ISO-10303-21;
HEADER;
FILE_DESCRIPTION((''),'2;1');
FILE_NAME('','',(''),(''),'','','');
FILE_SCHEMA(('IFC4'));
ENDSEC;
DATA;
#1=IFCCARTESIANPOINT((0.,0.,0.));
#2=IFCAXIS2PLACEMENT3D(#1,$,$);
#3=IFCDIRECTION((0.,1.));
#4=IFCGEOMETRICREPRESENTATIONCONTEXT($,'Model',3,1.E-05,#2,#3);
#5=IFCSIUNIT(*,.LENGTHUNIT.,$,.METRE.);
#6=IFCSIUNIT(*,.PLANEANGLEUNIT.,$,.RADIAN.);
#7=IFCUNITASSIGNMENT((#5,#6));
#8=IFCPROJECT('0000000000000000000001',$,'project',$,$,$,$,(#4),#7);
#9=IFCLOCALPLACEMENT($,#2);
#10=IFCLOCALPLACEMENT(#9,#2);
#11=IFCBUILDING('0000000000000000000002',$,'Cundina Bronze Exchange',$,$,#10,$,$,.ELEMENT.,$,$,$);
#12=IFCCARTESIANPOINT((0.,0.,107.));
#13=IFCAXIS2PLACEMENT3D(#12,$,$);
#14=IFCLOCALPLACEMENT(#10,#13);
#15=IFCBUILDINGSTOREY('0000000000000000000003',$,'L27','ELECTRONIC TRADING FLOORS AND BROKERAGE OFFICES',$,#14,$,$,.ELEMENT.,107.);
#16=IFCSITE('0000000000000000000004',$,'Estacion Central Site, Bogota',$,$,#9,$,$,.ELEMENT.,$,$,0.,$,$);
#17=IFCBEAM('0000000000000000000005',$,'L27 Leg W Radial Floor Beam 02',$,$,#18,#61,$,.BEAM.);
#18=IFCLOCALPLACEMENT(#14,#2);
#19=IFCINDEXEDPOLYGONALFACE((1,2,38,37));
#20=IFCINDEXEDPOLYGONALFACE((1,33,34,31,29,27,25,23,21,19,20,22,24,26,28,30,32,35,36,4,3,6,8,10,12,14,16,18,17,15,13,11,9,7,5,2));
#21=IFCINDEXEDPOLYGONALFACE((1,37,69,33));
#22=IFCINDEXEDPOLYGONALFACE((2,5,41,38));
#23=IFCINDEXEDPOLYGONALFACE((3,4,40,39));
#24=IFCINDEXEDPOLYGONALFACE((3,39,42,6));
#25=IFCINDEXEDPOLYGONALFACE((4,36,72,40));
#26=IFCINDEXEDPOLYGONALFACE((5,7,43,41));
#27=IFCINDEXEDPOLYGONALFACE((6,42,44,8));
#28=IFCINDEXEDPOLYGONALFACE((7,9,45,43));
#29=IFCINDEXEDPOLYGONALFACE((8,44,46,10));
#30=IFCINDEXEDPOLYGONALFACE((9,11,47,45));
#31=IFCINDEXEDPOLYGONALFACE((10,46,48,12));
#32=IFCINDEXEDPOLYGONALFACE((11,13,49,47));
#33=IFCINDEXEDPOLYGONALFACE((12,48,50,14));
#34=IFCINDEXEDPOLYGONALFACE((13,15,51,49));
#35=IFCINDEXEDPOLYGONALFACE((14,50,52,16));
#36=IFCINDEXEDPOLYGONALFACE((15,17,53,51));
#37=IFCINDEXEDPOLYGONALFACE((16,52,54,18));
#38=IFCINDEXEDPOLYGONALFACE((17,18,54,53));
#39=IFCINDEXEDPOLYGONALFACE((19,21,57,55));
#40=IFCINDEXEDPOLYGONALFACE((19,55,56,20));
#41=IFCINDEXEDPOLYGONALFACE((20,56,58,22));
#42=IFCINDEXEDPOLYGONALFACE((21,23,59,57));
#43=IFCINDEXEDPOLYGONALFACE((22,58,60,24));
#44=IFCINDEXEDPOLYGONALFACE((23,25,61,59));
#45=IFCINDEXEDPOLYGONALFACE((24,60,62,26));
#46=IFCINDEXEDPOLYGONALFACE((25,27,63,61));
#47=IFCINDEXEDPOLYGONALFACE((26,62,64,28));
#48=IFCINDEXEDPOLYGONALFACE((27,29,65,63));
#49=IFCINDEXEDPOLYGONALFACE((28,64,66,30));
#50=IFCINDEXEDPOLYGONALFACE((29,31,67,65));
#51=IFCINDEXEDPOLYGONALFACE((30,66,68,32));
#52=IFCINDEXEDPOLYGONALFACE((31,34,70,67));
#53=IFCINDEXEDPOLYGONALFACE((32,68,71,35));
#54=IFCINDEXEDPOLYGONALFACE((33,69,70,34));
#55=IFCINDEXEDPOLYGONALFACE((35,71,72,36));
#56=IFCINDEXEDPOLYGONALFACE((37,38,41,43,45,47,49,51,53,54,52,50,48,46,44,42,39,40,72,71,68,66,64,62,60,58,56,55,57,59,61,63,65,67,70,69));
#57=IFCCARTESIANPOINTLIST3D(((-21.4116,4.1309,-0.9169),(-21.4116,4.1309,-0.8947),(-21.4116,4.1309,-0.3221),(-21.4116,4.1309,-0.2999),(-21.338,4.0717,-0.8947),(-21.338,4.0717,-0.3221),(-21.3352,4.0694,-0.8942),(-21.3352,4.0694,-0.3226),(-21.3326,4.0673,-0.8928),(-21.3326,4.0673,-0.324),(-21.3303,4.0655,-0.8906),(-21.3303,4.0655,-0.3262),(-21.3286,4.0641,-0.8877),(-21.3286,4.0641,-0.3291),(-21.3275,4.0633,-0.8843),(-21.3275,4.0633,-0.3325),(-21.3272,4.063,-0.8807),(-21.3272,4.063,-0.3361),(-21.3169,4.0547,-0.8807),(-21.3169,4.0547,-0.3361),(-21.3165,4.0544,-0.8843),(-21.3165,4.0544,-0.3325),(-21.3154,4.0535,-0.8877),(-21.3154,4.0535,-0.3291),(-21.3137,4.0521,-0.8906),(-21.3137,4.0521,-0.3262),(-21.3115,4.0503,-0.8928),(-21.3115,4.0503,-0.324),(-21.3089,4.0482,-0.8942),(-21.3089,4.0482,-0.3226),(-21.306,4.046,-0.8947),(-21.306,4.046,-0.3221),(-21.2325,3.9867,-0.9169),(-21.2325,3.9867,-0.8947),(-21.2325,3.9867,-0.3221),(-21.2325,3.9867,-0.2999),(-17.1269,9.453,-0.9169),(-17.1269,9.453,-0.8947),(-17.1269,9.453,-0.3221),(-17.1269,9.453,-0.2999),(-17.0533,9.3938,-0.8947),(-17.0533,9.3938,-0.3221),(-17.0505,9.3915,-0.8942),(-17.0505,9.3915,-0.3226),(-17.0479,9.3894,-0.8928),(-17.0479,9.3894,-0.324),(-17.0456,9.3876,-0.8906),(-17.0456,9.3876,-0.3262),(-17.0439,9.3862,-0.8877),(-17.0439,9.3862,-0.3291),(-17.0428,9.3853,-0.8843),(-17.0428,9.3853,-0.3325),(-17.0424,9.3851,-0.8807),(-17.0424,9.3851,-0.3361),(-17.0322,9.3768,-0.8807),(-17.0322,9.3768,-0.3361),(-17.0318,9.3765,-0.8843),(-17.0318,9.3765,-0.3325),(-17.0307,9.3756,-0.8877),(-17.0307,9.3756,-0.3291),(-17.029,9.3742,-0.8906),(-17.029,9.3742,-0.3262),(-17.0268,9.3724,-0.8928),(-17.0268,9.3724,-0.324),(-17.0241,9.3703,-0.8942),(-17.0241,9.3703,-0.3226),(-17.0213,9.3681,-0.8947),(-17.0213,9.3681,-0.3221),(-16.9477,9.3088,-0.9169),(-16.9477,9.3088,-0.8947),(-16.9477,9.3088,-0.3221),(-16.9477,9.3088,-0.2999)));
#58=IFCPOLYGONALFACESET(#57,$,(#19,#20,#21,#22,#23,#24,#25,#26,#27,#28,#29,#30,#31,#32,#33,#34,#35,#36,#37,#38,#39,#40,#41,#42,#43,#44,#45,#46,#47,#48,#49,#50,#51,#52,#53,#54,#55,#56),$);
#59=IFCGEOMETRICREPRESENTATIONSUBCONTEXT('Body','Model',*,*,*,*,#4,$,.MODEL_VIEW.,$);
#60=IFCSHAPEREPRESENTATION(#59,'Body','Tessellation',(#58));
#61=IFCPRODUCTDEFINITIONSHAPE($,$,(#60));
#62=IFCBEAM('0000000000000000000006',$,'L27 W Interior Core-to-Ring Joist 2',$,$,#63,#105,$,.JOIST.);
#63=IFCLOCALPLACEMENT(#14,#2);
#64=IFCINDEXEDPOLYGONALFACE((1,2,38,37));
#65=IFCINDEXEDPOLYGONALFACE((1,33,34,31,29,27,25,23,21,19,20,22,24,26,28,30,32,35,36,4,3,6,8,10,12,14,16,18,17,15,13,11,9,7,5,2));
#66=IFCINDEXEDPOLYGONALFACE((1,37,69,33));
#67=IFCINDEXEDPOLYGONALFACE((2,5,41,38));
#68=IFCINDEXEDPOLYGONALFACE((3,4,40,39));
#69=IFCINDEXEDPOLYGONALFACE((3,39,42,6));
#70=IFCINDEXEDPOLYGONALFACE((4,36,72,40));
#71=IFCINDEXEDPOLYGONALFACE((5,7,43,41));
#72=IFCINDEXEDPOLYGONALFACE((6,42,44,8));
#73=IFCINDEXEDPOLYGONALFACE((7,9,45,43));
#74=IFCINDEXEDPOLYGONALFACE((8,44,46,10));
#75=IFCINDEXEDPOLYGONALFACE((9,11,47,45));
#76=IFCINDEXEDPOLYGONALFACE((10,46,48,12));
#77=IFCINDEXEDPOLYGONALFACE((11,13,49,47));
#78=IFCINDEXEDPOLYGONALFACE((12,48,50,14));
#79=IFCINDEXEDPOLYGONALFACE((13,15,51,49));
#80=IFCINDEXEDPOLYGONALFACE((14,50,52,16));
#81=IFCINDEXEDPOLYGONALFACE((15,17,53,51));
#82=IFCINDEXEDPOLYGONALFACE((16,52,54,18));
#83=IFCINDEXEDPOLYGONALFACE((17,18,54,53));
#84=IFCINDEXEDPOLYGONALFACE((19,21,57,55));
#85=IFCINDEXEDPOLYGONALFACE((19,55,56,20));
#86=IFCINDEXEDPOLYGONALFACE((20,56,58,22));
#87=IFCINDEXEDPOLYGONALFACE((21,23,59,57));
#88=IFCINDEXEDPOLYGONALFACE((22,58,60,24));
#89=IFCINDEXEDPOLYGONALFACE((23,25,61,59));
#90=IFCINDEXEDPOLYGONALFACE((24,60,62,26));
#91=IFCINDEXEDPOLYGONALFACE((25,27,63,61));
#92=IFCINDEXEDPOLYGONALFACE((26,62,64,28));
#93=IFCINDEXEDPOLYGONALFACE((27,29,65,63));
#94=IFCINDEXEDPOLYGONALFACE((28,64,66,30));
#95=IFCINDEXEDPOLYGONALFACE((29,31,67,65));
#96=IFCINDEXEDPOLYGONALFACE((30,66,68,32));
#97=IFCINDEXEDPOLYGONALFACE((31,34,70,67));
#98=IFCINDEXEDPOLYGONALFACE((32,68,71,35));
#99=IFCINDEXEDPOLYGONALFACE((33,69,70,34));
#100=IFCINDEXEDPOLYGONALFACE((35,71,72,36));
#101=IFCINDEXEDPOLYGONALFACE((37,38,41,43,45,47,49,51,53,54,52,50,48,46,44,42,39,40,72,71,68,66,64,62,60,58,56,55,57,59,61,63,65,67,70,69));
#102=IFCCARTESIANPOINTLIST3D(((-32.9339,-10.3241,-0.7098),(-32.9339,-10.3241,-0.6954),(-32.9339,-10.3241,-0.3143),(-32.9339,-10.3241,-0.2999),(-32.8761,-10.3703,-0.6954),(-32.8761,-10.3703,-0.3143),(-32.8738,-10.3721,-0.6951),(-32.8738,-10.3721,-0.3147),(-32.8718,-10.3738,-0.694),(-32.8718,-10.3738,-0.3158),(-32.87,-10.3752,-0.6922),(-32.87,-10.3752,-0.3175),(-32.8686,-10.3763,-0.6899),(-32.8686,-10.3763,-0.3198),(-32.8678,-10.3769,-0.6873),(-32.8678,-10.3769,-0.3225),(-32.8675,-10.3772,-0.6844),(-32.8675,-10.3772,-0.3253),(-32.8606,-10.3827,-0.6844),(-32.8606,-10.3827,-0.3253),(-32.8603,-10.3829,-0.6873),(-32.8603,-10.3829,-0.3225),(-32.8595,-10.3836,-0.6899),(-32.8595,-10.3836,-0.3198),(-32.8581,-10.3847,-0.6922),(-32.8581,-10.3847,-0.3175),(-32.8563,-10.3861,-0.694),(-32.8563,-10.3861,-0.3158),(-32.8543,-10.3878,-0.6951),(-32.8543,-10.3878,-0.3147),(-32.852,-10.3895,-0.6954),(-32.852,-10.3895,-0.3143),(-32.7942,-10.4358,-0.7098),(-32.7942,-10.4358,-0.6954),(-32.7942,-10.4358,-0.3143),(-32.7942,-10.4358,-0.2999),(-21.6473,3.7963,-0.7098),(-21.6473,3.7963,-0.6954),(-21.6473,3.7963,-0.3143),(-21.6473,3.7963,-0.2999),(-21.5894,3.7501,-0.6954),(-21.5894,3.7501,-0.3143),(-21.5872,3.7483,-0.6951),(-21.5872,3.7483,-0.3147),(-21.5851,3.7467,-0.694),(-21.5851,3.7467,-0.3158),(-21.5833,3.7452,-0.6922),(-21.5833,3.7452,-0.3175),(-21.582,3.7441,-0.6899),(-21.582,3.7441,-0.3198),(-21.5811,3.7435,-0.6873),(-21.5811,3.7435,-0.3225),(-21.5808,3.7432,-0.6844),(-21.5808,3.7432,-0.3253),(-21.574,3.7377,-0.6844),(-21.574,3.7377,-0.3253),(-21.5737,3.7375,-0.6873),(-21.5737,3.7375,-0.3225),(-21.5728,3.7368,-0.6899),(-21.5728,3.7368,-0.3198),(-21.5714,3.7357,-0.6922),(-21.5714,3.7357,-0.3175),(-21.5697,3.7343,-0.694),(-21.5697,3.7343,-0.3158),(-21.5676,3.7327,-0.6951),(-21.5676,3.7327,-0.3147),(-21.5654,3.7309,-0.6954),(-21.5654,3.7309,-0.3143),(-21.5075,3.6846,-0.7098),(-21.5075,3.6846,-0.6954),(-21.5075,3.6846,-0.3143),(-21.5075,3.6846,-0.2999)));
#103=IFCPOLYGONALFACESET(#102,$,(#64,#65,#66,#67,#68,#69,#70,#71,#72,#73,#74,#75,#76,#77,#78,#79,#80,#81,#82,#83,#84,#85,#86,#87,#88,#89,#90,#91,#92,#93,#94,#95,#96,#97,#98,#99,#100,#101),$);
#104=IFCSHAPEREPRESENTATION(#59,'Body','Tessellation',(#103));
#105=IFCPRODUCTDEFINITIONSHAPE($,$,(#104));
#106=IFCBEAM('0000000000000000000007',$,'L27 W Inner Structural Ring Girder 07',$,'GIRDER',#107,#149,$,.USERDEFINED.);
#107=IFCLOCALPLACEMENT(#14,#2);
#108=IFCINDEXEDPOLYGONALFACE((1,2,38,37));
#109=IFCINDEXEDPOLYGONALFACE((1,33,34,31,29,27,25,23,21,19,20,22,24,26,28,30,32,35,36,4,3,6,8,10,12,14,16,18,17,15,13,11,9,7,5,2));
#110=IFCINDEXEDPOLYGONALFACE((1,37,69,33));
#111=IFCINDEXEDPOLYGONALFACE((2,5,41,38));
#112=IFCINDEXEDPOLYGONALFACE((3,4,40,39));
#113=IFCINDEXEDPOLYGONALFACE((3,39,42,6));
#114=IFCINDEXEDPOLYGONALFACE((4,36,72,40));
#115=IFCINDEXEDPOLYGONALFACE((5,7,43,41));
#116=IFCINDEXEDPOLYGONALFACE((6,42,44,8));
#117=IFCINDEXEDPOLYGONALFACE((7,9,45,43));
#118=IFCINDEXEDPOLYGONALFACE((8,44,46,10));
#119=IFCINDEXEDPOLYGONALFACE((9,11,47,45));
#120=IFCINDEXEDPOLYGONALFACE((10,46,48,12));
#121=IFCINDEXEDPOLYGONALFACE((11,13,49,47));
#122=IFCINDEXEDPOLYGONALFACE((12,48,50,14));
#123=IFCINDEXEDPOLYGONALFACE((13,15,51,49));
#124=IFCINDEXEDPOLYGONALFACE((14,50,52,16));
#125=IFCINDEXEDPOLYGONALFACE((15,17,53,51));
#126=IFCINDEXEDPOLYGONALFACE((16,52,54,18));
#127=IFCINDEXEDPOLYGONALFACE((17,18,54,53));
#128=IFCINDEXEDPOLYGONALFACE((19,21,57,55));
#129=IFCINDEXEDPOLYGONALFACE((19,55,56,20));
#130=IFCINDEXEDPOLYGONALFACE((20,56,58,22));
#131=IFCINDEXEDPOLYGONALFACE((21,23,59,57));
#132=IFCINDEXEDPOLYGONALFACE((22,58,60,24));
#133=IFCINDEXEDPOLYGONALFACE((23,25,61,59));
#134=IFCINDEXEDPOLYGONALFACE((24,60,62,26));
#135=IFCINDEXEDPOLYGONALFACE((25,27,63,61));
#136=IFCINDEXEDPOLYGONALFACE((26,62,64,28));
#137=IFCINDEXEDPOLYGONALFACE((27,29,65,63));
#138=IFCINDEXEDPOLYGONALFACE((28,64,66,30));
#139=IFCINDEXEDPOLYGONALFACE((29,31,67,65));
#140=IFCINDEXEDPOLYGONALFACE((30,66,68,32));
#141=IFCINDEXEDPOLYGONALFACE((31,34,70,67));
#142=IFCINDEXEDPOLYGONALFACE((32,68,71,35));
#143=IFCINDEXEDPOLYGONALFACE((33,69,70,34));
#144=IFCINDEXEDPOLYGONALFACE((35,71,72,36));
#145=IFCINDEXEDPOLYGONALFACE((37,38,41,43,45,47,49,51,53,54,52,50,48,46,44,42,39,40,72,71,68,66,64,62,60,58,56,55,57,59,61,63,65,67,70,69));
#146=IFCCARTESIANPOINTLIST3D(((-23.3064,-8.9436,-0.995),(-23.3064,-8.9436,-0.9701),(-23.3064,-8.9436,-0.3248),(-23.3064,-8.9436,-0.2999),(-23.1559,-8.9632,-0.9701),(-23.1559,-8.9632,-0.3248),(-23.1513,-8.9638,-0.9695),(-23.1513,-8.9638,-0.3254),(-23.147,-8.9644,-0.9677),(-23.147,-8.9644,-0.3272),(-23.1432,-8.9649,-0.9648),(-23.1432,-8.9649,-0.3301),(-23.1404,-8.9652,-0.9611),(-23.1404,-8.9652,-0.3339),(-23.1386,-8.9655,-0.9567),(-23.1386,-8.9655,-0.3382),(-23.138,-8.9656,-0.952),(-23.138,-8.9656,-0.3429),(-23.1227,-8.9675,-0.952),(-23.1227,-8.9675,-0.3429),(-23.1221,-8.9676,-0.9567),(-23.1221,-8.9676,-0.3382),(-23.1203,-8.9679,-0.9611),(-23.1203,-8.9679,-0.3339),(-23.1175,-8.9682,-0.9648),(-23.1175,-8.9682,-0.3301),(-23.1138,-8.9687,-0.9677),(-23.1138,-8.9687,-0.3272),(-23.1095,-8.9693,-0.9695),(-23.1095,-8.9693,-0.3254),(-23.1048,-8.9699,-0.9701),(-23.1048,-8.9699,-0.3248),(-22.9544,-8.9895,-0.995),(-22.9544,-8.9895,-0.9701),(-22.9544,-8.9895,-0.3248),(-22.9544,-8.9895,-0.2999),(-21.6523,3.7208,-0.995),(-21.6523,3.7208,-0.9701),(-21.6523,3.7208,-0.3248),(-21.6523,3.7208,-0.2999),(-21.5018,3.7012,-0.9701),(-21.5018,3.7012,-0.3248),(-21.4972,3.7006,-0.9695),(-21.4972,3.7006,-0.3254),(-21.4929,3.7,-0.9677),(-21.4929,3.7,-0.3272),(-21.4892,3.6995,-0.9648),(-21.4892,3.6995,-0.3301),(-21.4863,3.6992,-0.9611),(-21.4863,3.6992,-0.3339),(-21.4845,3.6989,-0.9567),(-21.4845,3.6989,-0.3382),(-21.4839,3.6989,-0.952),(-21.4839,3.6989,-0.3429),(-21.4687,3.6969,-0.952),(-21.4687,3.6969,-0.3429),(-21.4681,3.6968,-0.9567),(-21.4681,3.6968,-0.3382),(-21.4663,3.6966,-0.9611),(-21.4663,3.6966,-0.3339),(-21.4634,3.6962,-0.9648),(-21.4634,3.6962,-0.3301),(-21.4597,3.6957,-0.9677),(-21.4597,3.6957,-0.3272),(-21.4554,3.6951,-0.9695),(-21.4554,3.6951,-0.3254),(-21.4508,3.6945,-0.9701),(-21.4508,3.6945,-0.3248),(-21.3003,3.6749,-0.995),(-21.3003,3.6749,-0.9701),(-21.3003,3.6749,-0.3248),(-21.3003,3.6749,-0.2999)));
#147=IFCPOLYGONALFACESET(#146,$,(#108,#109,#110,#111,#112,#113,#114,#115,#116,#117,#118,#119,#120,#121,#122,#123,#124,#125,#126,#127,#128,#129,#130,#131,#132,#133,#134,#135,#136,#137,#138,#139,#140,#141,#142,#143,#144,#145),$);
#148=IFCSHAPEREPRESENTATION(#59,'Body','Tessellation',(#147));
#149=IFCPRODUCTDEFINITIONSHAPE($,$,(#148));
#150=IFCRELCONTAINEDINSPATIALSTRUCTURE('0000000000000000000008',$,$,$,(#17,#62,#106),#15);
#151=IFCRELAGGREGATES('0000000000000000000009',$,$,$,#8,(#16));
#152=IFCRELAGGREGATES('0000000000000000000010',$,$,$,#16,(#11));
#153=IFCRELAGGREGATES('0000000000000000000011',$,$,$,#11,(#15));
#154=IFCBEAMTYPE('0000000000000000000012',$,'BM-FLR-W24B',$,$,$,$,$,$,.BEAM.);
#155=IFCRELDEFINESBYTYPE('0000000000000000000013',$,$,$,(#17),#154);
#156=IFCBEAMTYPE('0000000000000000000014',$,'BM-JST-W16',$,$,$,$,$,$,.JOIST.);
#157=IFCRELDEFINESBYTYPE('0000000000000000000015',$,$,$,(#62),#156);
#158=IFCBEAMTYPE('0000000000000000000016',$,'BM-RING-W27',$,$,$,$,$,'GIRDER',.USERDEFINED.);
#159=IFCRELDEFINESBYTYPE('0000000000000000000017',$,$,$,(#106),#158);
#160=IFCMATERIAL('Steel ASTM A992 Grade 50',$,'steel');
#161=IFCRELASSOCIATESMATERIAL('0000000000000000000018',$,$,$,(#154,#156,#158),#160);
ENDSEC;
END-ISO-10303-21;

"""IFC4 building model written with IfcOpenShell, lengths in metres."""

from ifc_helpers import new_model, si_unit, direction, frame, origin, origin_2d, place, context, subcontext, project, spatial, i_section, extrude, material, material_profile, profile_set, type_object, element, save


model = new_model("IFC4")

# Units and contexts
model_context = context("Model", 3, precision=1e-05, world=origin(), true_north=direction((0.0, 1.0)))
body_context = subcontext(model_context, "Body", "Model", "MODEL_VIEW")
ifc_project = project(units=[si_unit("LENGTHUNIT", "METRE"), si_unit("PLANEANGLEUNIT", "RADIAN")], contexts=[model_context])

# Site, building, storey
site_placement = place(None, origin())
site = spatial("IfcSite", under=ifc_project, at=site_placement, Name="Estacion Central Site, Bogota", CompositionType="ELEMENT", RefElevation=0.0)
building_placement = place(site_placement, origin())
building = spatial("IfcBuilding", under=site, at=building_placement, Name="Cundina Bronze Exchange", CompositionType="ELEMENT")
storey_placement = place(building_placement, frame((0.0, 0.0, 107.0)))
storey = spatial("IfcBuildingStorey", under=building, at=storey_placement, Name="L27", Description="ELECTRONIC TRADING FLOORS AND BROKERAGE OFFICES", CompositionType="ELEMENT", Elevation=107.0)

# Shared definitions
ifc_material_1 = material(Name="Steel ASTM A992 Grade 50", Category="steel")

# Beams
ifc_material_profile_1 = material_profile(ifc_material_1, i_section(OverallWidth=0.23, OverallDepth=0.6169, WebThickness=0.0132, FlangeThickness=0.0222, FilletRadius=0.0139, at=origin_2d()), Name="W24X94", Category="steel")
ifc_profile_set_1 = profile_set([ifc_material_profile_1], Name="Steel ASTM A992 Grade 50")
beam_type_1 = type_object("IfcBeamType", Name="BM-FLR-W24B", PredefinedType="BEAM", material=ifc_profile_set_1)
beam_1_placement = place(storey_placement, frame((-21.322, 4.0588, -0.6084), z_axis=(0.627106, 0.778934, 0.0), x_axis=(-0.778934, 0.627106, 0.0)))
element("IfcBeam", 1, at=beam_1_placement, inside=storey, type_object=beam_type_1, Name="L27 Leg W Radial Floor Beam 02", PredefinedType="BEAM", context=body_context, shape_type="SweptSolid", body=[
    extrude(i_section(OverallWidth=0.23, OverallDepth=0.6169, WebThickness=0.0132, FlangeThickness=0.0222, FilletRadius=0.0139, at=origin_2d()), origin(), (0.0, 0.0, 1.0), 6.8325),
])
ifc_material_profile_2 = material_profile(ifc_material_1, i_section(OverallWidth=0.179, OverallDepth=0.4099, WebThickness=0.0088, FlangeThickness=0.0144, FilletRadius=0.011, at=origin_2d()), Name="W16X45", Category="steel")
ifc_profile_set_2 = profile_set([ifc_material_profile_2], Name="Steel ASTM A992 Grade 50")
beam_type_2 = type_object("IfcBeamType", Name="BM-JST-W16", PredefinedType="JOIST", material=ifc_profile_set_2)
beam_2_placement = place(storey_placement, frame((-21.5774, 3.7405, -0.5049), z_axis=(-0.624369, -0.78113, 0.0), x_axis=(0.78113, -0.624369, 0.0)))
element("IfcBeam", 2, at=beam_2_placement, inside=storey, type_object=beam_type_2, Name="L27 W Interior Core-to-Ring Joist 2", PredefinedType="JOIST", context=body_context, shape_type="SweptSolid", body=[
    extrude(i_section(OverallWidth=0.179, OverallDepth=0.4099, WebThickness=0.0088, FlangeThickness=0.0144, FilletRadius=0.011, at=origin_2d()), origin(), (0.0, 0.0, 1.0), 18.0769),
])
ifc_material_profile_3 = material_profile(ifc_material_1, i_section(OverallWidth=0.355, OverallDepth=0.6951, WebThickness=0.0154, FlangeThickness=0.0249, FilletRadius=0.0181, at=origin_2d()), Name="W27X146", Category="steel")
ifc_profile_set_3 = profile_set([ifc_material_profile_3], Name="Steel ASTM A992 Grade 50")
beam_type_3 = type_object("IfcBeamType", Name="BM-RING-W27", ElementType="GIRDER", PredefinedType="USERDEFINED", material=ifc_profile_set_3)
beam_3_placement = place(storey_placement, frame((-23.1304, -8.9666, -0.6475), z_axis=(0.129508, 0.991578, 0.0), x_axis=(-0.991578, 0.129508, 0.0)))
element("IfcBeam", 3, at=beam_3_placement, inside=storey, type_object=beam_type_3, Name="L27 W Inner Structural Ring Girder 07", ObjectType="GIRDER", PredefinedType="USERDEFINED", context=body_context, shape_type="SweptSolid", body=[
    extrude(i_section(OverallWidth=0.355, OverallDepth=0.6951, WebThickness=0.0154, FlangeThickness=0.0249, FilletRadius=0.0181, at=origin_2d()), origin(), (0.0, 0.0, 1.0), 12.772),
])

save(model, "model.ifc")
